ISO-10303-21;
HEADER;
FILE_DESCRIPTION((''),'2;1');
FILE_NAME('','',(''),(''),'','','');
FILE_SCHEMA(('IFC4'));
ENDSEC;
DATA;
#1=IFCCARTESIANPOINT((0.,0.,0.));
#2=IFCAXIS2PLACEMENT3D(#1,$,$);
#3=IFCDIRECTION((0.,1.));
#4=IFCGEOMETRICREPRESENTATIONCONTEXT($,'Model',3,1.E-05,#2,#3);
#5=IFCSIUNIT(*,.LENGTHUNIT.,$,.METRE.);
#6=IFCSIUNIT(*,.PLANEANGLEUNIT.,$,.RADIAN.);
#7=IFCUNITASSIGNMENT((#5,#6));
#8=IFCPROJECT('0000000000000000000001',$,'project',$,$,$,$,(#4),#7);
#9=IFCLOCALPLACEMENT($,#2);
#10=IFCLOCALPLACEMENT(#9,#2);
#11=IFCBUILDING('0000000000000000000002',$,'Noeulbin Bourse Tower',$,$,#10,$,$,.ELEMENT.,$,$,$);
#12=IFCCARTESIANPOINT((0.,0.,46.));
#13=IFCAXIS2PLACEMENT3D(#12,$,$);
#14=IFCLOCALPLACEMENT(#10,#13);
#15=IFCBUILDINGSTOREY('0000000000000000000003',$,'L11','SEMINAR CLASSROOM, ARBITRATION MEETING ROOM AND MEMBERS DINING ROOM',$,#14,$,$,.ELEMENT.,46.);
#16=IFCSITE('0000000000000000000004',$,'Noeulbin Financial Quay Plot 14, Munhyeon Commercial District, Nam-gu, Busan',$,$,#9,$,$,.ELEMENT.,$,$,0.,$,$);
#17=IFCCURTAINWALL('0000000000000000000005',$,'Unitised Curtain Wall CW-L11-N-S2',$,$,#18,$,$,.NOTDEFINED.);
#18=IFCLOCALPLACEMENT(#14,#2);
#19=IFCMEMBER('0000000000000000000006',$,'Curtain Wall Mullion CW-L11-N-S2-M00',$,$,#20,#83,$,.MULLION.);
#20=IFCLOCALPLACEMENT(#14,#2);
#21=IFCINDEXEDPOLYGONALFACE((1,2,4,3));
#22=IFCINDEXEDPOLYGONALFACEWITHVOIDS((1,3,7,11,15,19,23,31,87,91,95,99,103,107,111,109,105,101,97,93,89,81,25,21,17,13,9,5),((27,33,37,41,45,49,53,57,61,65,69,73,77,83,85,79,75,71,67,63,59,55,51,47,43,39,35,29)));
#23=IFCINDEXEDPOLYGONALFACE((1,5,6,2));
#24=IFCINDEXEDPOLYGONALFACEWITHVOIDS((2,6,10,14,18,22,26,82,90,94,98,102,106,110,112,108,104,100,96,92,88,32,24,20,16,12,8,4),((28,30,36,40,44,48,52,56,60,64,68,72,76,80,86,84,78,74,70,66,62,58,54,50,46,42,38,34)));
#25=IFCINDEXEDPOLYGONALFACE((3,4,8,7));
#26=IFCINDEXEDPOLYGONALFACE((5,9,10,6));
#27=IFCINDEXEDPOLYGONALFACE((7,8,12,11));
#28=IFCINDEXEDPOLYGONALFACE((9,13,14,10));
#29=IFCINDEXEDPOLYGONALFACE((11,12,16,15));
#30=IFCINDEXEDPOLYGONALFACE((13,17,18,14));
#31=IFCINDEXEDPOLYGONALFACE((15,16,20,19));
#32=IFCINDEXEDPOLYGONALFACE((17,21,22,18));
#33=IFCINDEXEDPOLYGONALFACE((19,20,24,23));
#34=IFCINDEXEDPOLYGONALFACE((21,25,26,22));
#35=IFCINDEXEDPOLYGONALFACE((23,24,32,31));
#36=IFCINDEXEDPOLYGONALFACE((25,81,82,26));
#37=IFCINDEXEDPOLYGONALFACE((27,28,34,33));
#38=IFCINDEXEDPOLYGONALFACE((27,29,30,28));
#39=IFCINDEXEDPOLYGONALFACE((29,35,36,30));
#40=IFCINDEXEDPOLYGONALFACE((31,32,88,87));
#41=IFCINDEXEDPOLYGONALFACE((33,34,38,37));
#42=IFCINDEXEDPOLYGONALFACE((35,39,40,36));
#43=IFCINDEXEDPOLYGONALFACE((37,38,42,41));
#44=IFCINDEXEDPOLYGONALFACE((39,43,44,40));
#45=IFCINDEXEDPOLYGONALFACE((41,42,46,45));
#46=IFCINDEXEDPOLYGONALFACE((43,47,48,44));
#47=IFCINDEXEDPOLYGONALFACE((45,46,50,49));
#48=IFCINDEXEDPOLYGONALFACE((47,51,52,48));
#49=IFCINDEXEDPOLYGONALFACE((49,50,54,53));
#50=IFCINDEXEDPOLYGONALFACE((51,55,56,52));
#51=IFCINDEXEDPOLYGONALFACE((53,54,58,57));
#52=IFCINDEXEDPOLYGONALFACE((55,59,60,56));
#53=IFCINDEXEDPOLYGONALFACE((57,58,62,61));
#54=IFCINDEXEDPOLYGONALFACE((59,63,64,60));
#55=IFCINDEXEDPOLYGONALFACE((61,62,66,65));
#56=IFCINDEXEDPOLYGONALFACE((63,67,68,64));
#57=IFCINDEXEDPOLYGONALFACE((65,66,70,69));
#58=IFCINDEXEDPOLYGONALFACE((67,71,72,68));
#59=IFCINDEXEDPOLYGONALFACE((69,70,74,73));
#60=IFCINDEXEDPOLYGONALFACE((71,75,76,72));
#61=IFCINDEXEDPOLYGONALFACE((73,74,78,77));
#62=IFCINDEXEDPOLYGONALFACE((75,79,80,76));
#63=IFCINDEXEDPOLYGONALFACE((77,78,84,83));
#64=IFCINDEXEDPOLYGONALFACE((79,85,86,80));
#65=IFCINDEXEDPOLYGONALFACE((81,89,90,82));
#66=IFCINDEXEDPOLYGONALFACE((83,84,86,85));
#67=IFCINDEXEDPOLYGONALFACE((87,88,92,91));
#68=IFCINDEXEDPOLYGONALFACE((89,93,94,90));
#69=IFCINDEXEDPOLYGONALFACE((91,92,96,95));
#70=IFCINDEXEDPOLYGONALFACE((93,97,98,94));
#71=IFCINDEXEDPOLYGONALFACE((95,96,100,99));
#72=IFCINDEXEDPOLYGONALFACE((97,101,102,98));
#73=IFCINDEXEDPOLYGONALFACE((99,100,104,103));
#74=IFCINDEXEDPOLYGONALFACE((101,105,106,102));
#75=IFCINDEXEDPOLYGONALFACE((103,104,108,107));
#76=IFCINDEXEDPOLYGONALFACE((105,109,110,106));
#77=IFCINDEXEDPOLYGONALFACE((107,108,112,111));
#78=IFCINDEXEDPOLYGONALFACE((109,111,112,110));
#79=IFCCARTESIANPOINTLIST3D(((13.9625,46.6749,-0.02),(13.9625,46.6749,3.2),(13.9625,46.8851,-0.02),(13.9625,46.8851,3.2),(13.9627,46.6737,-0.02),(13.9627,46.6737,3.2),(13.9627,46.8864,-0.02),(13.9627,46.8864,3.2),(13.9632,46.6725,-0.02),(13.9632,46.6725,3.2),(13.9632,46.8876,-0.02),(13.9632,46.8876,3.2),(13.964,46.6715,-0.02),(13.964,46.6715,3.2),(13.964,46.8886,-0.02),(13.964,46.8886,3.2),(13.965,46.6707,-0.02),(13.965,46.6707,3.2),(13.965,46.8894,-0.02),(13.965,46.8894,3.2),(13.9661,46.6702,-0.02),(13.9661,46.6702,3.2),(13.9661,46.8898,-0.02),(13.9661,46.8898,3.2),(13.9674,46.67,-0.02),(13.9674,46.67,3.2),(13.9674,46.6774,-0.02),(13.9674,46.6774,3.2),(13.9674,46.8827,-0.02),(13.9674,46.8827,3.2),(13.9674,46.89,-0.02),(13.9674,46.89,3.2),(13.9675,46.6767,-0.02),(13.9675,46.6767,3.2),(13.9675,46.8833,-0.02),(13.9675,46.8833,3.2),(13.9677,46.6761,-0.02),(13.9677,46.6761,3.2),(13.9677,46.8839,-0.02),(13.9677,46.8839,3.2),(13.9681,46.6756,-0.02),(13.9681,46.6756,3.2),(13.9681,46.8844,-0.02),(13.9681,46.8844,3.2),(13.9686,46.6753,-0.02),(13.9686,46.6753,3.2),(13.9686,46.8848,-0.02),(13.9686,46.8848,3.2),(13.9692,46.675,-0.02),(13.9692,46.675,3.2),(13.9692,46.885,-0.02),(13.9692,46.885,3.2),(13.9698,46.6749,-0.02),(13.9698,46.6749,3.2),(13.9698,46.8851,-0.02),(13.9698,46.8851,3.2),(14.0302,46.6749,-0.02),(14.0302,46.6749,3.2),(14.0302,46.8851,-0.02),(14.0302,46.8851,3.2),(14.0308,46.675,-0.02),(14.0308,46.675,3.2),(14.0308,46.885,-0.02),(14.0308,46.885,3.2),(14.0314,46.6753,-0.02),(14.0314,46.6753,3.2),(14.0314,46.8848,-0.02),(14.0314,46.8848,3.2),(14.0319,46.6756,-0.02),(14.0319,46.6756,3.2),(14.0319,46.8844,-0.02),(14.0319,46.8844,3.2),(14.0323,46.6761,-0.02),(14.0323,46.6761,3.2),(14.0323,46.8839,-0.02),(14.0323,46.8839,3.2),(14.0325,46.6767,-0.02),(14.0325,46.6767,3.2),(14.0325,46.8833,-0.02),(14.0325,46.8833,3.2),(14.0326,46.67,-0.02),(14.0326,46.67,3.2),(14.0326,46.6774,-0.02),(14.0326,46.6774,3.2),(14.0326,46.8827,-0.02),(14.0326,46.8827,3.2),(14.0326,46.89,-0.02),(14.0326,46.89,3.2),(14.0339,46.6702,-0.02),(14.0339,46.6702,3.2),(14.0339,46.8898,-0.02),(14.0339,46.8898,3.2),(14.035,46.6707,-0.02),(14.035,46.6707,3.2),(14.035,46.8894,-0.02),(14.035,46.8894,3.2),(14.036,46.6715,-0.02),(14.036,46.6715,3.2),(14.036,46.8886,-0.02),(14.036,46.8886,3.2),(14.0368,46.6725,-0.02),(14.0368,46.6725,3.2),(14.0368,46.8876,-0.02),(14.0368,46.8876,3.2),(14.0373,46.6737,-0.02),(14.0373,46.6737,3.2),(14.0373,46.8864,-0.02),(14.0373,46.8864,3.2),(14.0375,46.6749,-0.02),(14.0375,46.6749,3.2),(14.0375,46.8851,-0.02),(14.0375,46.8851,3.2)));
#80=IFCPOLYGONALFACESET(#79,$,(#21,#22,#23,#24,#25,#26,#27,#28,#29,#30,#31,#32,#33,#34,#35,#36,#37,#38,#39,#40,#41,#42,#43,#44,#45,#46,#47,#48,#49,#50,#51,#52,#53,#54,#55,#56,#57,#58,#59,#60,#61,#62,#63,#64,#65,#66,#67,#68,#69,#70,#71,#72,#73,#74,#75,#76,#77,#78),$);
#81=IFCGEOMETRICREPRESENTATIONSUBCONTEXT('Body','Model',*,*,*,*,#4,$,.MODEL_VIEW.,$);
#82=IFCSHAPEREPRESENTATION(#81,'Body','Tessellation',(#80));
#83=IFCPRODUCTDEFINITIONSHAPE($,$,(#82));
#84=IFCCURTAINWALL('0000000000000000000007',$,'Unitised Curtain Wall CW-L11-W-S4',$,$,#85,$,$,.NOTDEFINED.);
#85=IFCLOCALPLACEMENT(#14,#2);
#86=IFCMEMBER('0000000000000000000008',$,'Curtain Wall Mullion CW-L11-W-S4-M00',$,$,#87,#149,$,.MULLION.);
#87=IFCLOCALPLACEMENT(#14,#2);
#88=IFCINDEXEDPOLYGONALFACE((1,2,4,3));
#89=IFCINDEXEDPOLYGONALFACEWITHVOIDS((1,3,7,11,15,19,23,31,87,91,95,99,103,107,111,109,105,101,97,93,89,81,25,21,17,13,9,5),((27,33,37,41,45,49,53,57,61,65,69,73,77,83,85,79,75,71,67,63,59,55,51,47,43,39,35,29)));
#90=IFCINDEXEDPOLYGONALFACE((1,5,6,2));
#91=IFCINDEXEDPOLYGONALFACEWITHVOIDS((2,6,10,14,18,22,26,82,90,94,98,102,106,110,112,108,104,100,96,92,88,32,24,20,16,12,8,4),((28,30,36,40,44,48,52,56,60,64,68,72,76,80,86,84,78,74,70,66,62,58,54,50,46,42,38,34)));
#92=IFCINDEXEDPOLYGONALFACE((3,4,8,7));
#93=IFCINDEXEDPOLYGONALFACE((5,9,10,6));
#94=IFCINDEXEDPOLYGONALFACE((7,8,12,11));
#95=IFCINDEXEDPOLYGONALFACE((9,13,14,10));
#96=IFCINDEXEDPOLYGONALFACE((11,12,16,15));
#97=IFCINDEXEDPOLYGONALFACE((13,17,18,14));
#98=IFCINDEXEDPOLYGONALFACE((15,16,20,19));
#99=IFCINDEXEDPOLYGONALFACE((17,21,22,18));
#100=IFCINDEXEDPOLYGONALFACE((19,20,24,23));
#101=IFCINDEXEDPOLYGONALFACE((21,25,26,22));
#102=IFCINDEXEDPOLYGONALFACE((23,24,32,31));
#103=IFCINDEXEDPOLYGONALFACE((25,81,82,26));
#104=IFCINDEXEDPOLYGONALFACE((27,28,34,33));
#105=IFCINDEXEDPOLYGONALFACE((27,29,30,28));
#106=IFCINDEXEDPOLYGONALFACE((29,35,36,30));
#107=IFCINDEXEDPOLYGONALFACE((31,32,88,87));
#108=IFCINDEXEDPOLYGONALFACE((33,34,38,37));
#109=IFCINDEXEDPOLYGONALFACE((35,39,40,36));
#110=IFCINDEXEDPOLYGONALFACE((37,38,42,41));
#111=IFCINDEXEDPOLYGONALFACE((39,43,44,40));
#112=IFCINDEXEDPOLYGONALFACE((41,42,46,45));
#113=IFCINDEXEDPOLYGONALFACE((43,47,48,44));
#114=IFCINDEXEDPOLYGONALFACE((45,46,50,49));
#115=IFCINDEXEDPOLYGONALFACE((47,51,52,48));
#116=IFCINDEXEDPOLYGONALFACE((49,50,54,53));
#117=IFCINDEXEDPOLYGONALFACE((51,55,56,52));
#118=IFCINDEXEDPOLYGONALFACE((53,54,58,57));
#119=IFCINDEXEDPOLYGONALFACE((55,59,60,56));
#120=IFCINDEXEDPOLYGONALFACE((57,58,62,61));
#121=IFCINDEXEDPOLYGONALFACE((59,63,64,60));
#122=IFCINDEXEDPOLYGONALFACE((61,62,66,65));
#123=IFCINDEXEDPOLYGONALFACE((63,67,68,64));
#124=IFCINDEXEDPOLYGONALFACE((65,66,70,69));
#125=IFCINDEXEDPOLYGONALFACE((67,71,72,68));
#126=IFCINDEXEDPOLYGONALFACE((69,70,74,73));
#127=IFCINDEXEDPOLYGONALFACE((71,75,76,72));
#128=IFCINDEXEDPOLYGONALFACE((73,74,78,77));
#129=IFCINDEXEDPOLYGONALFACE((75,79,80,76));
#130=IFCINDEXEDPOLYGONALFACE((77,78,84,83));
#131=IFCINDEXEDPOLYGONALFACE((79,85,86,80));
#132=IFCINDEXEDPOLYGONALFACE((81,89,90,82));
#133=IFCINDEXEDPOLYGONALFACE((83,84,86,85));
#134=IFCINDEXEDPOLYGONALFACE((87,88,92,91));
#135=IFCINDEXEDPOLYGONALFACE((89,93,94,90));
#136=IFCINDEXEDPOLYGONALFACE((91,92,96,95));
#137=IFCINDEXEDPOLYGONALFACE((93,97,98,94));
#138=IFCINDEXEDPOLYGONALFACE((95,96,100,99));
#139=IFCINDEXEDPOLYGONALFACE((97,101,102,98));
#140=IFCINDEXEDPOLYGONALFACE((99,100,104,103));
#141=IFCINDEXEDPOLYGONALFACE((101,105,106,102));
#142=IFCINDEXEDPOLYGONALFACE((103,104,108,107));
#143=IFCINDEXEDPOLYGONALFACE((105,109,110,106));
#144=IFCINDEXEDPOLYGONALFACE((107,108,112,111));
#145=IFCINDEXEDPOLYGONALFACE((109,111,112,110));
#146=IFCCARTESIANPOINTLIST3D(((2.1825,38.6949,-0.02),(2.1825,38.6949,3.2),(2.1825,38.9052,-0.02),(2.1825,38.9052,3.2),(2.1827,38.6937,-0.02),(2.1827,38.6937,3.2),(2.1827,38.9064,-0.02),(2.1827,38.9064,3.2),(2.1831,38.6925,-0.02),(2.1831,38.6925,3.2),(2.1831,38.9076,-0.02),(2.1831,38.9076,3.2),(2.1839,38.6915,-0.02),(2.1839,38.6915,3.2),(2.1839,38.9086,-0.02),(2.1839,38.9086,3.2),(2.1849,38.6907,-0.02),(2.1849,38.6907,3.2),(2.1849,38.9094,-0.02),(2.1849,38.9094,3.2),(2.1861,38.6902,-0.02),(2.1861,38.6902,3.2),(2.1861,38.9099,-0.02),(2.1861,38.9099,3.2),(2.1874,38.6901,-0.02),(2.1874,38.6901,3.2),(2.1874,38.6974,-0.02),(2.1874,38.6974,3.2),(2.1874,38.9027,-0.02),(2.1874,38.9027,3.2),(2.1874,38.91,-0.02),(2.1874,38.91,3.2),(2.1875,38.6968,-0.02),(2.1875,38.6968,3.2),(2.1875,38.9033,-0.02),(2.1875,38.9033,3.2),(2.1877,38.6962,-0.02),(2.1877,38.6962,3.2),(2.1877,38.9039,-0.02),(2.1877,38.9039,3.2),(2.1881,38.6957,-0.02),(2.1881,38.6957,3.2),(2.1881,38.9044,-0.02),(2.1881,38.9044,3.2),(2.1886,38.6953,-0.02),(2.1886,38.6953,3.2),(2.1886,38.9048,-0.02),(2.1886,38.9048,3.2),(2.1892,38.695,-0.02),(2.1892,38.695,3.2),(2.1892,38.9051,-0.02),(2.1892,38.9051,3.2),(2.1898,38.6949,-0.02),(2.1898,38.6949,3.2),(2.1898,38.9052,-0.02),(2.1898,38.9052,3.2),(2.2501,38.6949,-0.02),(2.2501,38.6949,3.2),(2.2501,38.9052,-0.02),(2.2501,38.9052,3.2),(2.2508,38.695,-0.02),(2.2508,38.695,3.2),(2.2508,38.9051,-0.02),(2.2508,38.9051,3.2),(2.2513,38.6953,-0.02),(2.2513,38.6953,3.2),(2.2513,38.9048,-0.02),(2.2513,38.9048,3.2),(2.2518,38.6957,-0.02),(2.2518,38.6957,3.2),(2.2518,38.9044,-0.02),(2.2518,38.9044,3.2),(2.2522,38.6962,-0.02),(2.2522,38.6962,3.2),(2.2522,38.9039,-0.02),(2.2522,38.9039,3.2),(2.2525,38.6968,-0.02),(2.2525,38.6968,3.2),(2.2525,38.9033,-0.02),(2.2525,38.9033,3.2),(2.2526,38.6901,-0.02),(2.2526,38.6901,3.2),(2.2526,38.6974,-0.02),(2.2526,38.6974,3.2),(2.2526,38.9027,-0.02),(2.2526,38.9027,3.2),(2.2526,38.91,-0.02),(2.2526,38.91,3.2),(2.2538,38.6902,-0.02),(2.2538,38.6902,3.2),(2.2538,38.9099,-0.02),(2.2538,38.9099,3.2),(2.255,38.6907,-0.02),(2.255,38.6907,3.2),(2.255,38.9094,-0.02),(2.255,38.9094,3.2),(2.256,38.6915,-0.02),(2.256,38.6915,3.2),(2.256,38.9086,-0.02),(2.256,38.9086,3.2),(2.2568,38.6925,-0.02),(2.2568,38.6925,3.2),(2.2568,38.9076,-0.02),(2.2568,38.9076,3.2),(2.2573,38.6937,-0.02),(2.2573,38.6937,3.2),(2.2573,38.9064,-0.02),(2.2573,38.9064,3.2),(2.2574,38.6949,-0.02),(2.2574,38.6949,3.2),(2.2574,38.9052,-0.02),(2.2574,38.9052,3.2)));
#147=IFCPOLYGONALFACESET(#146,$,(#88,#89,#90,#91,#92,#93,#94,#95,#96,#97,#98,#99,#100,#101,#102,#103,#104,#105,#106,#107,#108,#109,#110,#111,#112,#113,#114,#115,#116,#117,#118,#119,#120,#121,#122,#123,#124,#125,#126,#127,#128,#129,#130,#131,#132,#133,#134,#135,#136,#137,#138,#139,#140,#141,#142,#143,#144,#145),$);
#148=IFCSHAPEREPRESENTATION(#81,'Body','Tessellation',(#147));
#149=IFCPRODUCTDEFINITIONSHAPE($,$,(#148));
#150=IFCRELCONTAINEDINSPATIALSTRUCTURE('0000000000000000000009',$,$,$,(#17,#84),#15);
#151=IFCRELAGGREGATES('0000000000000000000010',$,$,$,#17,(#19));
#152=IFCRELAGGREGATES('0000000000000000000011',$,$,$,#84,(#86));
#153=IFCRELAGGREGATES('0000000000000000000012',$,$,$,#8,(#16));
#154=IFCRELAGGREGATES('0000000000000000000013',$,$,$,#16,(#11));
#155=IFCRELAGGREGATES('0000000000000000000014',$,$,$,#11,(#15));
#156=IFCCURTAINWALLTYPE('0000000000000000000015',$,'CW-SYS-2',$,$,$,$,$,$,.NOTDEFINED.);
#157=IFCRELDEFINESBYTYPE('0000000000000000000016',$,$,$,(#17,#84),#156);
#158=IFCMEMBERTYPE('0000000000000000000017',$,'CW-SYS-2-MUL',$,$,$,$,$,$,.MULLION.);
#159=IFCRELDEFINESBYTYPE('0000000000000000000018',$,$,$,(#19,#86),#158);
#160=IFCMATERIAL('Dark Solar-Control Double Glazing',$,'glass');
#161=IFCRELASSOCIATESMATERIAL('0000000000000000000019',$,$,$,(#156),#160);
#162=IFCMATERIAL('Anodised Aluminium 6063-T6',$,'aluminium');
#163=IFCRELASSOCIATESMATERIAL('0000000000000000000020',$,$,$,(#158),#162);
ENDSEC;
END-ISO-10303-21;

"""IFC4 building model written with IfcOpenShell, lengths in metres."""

from ifc_helpers import new_model, si_unit, direction, frame, origin, origin_2d, place, context, subcontext, project, spatial, hollow_rectangle, extrude, material, material_profile, profile_set, type_object, element, aggregate, save


model = new_model("IFC4")

# Units and contexts
model_context = context("Model", 3, precision=1e-05, world=origin(), true_north=direction((0.0, 1.0)))
body_context = subcontext(model_context, "Body", "Model", "MODEL_VIEW")
ifc_project = project(units=[si_unit("LENGTHUNIT", "METRE"), si_unit("PLANEANGLEUNIT", "RADIAN")], contexts=[model_context])

# Site, building, storey
site_placement = place(None, origin())
site = spatial("IfcSite", under=ifc_project, at=site_placement, Name="Noeulbin Financial Quay Plot 14, Munhyeon Commercial District, Nam-gu, Busan", CompositionType="ELEMENT", RefElevation=0.0)
building_placement = place(site_placement, origin())
building = spatial("IfcBuilding", under=site, at=building_placement, Name="Noeulbin Bourse Tower", CompositionType="ELEMENT")
storey_placement = place(building_placement, frame((0.0, 0.0, 46.0)))
storey = spatial("IfcBuildingStorey", under=building, at=storey_placement, Name="L11", Description="SEMINAR CLASSROOM, ARBITRATION MEETING ROOM AND MEMBERS DINING ROOM", CompositionType="ELEMENT", Elevation=46.0)

# Shared definitions
ifc_material_1 = material(Name="Dark Solar-Control Double Glazing", Category="glass")
curtain_wall_type = type_object("IfcCurtainWallType", Name="CW-SYS-2", PredefinedType="NOTDEFINED", material=ifc_material_1)
ifc_material_2 = material(Name="Anodised Aluminium 6063-T6", Category="aluminium")
ifc_material_profile_1 = material_profile(ifc_material_2, hollow_rectangle(XDim=0.075, YDim=0.22, WallThickness=0.0049, InnerFilletRadius=0.0024, OuterFilletRadius=0.0049, at=origin_2d()), Name="ALU-MULL-75x220x5", Category="LoadBearing")
ifc_profile_set_1 = profile_set([ifc_material_profile_1], Name="Anodised Aluminium 6063-T6")
member_type_1 = type_object("IfcMemberType", Name="CW-SYS-2-MUL", PredefinedType="MULLION", material=ifc_profile_set_1)

# Curtain wall, member
curtain_wall_1_placement = place(storey_placement, origin())
curtain_wall_1 = element("IfcCurtainWall", 1, at=curtain_wall_1_placement, inside=storey, type_object=curtain_wall_type, Name="Unitised Curtain Wall CW-L11-N-S2", PredefinedType="NOTDEFINED")
member_1_placement = place(storey_placement, frame((14.0, 46.78, -0.02), z_axis=(0.0, 0.0, 1.0), x_axis=(1.0, 0.0, 0.0)))
member_1 = element("IfcMember", 2, at=member_1_placement, type_object=member_type_1, Name="Curtain Wall Mullion CW-L11-N-S2-M00", PredefinedType="MULLION", context=body_context, shape_type="SweptSolid", body=[
    extrude(hollow_rectangle(XDim=0.075, YDim=0.22, WallThickness=0.0049, InnerFilletRadius=0.0024, OuterFilletRadius=0.0049, at=origin_2d()), origin(), (0.0, 0.0, 1.0), 3.22),
])

# Curtain wall, member
curtain_wall_2_placement = place(storey_placement, origin())
curtain_wall_2 = element("IfcCurtainWall", 3, at=curtain_wall_2_placement, inside=storey, type_object=curtain_wall_type, Name="Unitised Curtain Wall CW-L11-W-S4", PredefinedType="NOTDEFINED")
member_2_placement = place(storey_placement, frame((2.22, 38.8, -0.02), z_axis=(0.0, 0.0, 1.0), x_axis=(1.0, 0.0, 0.0)))
member_2 = element("IfcMember", 4, at=member_2_placement, type_object=member_type_1, Name="Curtain Wall Mullion CW-L11-W-S4-M00", PredefinedType="MULLION", context=body_context, shape_type="SweptSolid", body=[
    extrude(hollow_rectangle(XDim=0.075, YDim=0.22, WallThickness=0.0049, InnerFilletRadius=0.0024, OuterFilletRadius=0.0049, at=origin_2d()), origin(), (0.0, 0.0, 1.0), 3.22),
])

aggregate(curtain_wall_1, [member_1])

aggregate(curtain_wall_2, [member_2])

save(model, "model.ifc")
